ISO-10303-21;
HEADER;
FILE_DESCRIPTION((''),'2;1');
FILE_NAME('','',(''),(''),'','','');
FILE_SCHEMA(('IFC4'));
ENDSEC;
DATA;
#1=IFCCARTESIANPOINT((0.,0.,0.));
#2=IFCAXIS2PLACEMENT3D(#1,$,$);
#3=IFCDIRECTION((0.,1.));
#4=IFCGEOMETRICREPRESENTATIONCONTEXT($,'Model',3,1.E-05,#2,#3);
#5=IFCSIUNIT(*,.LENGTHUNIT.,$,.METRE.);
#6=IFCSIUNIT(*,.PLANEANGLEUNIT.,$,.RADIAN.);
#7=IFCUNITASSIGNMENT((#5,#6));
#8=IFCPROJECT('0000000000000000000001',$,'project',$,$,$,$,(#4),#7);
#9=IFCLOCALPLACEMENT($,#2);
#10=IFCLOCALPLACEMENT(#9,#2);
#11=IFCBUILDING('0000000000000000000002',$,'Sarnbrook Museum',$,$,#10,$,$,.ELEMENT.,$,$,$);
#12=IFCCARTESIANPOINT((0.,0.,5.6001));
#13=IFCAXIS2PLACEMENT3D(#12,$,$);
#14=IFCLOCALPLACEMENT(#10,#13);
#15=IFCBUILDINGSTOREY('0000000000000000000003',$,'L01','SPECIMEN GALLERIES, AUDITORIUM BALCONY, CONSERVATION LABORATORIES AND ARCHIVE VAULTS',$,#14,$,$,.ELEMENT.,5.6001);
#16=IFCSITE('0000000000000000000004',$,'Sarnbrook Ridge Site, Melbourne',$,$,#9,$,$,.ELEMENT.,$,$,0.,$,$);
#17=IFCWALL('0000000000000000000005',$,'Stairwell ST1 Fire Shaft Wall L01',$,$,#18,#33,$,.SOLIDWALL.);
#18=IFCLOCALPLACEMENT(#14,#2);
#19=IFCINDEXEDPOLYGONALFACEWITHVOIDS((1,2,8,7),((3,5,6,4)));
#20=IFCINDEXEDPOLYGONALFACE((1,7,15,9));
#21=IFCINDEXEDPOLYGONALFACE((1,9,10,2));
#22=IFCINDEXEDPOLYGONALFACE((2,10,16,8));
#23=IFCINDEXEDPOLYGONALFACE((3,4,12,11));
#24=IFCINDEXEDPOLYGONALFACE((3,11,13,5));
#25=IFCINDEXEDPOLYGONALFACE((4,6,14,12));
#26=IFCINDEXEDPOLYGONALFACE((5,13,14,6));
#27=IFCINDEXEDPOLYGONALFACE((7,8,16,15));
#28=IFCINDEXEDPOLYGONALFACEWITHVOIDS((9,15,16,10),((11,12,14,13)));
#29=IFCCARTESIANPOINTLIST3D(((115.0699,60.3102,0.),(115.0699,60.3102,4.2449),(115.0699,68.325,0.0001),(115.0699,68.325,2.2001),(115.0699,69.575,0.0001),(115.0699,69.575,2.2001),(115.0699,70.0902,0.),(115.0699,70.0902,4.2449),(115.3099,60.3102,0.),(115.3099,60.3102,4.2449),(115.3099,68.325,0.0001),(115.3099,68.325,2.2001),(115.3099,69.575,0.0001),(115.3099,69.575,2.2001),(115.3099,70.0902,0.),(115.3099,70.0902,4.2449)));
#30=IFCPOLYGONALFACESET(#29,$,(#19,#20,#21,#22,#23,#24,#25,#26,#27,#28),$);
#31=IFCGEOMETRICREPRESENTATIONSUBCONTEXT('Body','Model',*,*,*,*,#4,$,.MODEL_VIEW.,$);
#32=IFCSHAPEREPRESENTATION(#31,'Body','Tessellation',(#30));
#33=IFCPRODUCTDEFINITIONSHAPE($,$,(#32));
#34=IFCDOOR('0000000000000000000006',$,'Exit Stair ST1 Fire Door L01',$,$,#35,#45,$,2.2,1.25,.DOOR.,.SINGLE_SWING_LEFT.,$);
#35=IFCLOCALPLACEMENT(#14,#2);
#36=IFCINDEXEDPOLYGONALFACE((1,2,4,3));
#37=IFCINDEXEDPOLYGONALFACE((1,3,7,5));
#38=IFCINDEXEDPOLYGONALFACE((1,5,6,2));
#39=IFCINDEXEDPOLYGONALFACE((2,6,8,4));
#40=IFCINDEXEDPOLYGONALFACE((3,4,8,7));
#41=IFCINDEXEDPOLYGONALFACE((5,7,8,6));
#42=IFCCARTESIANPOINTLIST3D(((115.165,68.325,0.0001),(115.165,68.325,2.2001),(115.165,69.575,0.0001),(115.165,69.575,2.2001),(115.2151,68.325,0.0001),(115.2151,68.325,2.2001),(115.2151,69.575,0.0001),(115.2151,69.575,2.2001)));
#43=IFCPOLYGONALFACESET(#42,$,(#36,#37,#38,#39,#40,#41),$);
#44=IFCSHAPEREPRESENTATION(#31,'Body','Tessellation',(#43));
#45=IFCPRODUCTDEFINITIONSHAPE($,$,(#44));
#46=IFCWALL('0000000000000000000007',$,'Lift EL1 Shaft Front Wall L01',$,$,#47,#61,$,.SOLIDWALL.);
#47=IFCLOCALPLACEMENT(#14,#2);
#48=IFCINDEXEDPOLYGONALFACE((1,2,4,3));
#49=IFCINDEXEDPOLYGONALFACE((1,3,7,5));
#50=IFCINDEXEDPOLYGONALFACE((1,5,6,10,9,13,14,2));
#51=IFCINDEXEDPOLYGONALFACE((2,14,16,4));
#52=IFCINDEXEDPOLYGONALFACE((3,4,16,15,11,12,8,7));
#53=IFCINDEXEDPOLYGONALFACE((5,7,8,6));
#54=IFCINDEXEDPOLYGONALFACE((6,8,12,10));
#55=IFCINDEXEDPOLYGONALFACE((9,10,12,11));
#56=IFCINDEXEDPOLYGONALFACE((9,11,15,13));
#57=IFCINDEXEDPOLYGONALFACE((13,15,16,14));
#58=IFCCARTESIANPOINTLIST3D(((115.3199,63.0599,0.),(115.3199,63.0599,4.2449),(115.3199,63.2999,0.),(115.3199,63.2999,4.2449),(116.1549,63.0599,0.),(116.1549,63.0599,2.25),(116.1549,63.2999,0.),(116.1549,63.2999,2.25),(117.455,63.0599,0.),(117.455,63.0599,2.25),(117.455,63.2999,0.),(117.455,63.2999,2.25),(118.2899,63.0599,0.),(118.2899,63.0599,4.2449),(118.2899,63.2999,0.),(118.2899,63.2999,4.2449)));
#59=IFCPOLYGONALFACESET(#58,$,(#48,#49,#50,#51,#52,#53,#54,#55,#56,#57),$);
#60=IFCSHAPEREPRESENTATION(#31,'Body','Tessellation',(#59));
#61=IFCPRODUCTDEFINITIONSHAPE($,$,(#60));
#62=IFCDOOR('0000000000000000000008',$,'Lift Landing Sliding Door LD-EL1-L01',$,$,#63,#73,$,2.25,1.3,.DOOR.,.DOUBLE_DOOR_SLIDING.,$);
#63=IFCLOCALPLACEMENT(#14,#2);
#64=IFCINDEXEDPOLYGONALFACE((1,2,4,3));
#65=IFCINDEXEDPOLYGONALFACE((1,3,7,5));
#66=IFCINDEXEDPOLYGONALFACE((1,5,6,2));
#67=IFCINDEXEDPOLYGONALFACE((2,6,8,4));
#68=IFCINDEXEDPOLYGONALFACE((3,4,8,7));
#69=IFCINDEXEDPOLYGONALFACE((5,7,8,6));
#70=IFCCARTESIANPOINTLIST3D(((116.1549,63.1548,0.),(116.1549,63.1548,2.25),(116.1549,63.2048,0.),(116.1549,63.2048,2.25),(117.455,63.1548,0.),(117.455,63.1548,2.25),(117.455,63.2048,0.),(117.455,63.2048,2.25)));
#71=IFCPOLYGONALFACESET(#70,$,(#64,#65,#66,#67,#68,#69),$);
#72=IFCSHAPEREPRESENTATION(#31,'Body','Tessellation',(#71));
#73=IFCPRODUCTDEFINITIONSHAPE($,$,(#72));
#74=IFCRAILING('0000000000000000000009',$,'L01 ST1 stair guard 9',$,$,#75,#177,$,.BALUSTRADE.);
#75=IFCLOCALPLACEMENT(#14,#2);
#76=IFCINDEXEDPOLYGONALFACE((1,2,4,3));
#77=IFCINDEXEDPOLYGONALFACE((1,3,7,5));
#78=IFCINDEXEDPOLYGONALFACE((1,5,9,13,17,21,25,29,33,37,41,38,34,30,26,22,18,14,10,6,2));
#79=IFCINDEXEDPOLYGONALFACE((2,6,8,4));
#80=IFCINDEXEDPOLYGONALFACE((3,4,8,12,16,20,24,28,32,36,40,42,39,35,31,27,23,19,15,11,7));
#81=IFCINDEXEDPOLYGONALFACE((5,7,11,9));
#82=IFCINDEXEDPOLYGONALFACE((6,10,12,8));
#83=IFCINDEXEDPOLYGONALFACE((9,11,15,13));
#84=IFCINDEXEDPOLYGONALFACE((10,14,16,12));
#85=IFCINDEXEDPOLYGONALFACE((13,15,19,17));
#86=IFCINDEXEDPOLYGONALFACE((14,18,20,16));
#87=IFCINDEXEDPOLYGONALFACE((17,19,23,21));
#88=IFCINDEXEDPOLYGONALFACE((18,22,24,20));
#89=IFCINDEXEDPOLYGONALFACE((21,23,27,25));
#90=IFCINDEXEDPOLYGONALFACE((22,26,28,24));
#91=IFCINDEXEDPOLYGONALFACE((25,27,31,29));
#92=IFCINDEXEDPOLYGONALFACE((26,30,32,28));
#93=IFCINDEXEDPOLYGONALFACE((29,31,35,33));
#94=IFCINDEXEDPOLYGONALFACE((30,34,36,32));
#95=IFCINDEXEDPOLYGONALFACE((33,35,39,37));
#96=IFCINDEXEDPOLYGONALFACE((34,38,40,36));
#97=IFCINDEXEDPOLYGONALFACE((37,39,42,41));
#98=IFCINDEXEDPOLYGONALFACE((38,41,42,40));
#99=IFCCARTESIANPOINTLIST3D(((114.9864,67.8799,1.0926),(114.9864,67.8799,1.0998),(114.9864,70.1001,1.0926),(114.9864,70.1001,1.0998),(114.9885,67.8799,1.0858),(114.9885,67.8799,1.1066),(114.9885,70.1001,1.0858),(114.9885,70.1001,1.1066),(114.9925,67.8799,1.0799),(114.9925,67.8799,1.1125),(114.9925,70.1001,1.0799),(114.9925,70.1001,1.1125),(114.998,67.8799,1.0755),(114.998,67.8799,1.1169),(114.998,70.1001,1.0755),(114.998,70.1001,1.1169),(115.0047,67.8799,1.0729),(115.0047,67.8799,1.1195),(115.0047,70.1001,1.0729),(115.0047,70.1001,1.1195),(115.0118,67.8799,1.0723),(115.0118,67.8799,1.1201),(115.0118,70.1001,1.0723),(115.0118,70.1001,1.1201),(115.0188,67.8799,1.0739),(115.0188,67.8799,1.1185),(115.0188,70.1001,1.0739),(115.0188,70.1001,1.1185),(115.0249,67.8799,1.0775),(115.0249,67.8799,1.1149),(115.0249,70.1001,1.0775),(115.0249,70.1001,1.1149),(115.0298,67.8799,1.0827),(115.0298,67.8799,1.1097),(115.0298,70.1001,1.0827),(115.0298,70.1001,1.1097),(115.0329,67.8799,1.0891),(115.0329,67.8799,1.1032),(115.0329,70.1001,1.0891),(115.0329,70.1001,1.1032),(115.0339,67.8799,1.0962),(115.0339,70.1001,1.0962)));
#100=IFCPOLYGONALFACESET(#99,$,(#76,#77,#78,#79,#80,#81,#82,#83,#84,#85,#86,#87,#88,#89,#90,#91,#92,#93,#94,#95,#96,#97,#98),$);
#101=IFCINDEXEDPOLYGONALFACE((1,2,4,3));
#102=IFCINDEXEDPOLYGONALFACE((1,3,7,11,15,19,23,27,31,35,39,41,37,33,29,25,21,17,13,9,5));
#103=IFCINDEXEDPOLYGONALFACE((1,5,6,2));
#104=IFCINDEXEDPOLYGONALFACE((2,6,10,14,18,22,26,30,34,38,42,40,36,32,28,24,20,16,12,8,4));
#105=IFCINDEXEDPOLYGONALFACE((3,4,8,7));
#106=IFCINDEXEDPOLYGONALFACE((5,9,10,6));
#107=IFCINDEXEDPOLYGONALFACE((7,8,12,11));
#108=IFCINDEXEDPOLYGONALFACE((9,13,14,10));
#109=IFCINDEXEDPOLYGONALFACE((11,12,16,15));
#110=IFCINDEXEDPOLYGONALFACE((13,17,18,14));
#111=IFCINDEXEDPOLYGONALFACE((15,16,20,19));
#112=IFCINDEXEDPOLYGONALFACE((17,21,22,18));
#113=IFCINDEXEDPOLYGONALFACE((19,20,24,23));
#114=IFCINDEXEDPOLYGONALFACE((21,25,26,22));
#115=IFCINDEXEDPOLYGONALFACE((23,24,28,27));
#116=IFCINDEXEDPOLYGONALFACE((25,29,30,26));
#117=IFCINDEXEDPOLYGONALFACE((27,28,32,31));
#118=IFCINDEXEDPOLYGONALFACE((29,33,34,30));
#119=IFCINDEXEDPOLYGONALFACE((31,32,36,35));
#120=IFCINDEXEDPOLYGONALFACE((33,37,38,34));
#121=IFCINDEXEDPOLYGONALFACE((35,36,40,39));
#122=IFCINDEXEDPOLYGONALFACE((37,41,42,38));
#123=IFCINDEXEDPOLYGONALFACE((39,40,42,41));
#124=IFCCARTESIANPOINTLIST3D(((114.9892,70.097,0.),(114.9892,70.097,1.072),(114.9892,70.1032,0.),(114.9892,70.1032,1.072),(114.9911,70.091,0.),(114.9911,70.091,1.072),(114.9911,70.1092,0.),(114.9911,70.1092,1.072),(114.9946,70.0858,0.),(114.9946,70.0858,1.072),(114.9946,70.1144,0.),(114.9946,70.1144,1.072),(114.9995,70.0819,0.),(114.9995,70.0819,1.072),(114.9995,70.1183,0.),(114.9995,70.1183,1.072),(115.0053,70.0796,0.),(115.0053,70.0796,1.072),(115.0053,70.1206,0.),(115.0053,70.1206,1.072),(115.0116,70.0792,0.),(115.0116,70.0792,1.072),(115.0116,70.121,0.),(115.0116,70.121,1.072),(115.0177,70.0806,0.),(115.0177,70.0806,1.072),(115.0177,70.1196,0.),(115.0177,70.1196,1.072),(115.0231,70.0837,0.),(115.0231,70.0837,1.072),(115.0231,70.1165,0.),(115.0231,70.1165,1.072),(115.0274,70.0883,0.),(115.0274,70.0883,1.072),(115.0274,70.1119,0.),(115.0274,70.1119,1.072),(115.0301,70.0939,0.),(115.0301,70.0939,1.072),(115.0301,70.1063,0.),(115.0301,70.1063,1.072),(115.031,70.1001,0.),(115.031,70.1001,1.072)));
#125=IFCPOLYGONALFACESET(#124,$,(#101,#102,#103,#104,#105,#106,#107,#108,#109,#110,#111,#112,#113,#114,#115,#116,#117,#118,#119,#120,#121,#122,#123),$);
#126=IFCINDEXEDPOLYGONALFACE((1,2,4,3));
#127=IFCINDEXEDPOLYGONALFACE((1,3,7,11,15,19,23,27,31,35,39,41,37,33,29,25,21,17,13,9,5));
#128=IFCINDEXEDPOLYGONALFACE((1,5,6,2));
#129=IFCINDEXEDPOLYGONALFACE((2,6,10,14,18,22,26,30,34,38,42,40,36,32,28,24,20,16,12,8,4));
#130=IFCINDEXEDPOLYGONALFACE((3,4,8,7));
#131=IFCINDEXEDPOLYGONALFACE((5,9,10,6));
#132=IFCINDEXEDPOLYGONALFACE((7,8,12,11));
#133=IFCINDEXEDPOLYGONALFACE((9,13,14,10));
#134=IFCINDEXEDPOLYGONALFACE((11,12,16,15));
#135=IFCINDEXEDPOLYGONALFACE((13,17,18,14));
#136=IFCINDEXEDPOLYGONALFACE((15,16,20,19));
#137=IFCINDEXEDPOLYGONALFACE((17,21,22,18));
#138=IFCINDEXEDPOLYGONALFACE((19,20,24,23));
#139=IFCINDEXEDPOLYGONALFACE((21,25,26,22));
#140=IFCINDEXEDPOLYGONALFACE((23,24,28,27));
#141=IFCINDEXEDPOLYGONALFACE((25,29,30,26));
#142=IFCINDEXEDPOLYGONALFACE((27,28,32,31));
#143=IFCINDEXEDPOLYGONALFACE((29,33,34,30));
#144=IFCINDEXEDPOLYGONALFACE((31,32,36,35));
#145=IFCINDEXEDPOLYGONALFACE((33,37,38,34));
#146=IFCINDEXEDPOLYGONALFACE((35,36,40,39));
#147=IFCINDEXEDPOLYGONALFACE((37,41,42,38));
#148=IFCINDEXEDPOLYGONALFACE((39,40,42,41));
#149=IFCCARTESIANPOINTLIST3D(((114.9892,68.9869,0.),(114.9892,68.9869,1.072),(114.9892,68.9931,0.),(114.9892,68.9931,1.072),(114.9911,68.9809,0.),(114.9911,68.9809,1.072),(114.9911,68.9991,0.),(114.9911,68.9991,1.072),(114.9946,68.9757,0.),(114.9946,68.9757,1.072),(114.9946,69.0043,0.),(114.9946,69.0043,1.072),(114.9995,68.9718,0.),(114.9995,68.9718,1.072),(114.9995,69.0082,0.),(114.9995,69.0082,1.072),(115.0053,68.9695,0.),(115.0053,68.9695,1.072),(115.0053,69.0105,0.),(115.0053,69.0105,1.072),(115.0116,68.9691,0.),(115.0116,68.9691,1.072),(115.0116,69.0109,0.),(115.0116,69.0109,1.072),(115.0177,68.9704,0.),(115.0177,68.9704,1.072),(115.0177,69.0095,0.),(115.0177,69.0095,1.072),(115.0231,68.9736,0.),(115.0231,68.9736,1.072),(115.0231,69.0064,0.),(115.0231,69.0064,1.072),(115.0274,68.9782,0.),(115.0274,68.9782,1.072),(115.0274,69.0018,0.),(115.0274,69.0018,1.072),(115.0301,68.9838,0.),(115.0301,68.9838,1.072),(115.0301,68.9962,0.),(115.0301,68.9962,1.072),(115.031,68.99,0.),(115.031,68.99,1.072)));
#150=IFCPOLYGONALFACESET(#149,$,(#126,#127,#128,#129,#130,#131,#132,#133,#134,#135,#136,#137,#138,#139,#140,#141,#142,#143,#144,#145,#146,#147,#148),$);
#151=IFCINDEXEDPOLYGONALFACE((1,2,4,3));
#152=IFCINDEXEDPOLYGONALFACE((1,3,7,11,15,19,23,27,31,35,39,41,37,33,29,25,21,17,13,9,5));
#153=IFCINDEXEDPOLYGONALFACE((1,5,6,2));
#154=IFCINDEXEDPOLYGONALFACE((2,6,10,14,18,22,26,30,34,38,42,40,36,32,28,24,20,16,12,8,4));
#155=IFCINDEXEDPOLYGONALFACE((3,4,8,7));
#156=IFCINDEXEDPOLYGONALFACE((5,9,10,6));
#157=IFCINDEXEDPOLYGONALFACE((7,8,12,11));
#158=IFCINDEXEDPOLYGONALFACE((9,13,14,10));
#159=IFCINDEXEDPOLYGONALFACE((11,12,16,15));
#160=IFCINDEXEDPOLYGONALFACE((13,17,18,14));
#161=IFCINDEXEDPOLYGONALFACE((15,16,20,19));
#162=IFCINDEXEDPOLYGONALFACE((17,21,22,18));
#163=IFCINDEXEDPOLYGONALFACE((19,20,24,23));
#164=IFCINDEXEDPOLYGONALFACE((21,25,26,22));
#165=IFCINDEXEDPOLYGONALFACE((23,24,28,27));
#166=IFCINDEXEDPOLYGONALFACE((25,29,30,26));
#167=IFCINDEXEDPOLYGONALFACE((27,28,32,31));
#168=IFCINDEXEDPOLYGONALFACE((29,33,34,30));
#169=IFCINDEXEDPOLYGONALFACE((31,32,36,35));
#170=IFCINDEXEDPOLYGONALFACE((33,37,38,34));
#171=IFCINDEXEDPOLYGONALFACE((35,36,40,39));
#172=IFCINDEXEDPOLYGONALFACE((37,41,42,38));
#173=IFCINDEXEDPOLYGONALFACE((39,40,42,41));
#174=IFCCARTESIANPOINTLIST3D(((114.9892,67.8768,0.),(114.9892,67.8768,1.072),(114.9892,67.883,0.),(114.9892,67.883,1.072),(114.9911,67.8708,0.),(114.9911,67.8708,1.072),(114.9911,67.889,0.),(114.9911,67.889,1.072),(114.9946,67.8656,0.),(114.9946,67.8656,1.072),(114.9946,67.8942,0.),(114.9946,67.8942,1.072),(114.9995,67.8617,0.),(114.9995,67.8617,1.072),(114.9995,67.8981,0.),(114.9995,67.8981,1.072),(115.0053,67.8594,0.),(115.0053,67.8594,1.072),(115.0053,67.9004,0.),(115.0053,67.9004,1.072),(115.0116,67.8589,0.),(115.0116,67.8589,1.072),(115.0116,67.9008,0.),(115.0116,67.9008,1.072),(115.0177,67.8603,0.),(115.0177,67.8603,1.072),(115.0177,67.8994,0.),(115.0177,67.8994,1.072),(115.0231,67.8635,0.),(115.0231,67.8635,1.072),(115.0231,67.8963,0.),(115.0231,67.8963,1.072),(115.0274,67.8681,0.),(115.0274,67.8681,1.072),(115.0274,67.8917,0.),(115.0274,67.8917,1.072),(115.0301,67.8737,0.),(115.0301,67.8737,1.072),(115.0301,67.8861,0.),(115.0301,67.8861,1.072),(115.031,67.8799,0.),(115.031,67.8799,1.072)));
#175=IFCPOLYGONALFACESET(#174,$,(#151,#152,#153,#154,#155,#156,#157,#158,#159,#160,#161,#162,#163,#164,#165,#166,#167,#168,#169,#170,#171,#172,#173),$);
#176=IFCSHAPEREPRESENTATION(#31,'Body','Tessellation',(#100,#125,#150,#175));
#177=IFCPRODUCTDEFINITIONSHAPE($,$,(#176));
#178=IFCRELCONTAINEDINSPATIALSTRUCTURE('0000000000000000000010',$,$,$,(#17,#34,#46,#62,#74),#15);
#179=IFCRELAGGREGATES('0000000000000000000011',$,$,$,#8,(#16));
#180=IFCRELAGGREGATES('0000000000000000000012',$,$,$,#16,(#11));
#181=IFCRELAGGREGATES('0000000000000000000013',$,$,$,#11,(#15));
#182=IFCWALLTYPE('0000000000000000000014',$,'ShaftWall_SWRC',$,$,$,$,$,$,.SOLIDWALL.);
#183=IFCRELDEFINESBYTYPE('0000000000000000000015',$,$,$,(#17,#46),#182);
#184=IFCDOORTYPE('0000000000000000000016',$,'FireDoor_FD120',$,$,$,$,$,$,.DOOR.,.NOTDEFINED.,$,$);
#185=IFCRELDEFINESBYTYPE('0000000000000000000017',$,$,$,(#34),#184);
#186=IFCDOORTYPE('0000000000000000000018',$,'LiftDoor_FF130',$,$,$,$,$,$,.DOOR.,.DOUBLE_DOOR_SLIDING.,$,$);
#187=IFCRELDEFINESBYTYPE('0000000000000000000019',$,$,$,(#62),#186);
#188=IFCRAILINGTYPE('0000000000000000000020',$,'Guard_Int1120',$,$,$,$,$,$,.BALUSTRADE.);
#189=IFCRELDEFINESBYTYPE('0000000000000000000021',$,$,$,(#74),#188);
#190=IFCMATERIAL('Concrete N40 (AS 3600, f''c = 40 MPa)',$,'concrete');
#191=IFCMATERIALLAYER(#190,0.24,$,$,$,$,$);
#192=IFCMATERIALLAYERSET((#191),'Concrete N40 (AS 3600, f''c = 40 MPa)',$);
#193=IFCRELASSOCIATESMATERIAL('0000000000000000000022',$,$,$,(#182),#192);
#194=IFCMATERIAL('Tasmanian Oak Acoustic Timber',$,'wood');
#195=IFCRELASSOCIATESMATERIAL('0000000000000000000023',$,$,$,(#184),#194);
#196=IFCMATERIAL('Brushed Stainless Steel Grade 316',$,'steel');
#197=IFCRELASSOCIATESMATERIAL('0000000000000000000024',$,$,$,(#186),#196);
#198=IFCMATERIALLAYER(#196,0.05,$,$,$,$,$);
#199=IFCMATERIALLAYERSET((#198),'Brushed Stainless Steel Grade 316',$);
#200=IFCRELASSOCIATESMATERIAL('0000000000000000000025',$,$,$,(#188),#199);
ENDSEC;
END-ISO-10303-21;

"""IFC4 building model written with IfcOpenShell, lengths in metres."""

from ifc_helpers import new_model, si_unit, direction, frame, frame_2d, origin, origin_2d, place, context, subcontext, project, spatial, rectangle, circle, extrude, material, layer, layer_set, type_object, element, fill, save


model = new_model("IFC4")

# Units and contexts
model_context = context("Model", 3, precision=1e-05, world=origin(), true_north=direction((0.0, 1.0)))
body_context = subcontext(model_context, "Body", "Model", "MODEL_VIEW")
ifc_project = project(units=[si_unit("LENGTHUNIT", "METRE"), si_unit("PLANEANGLEUNIT", "RADIAN")], contexts=[model_context])

# Site, building, storey
site_placement = place(None, origin())
site = spatial("IfcSite", under=ifc_project, at=site_placement, Name="Sarnbrook Ridge Site, Melbourne", CompositionType="ELEMENT", RefElevation=0.0)
building_placement = place(site_placement, origin())
building = spatial("IfcBuilding", under=site, at=building_placement, Name="Sarnbrook Museum", CompositionType="ELEMENT")
storey_placement = place(building_placement, frame((0.0, 0.0, 5.6001)))
storey = spatial("IfcBuildingStorey", under=building, at=storey_placement, Name="L01", Description="SPECIMEN GALLERIES, AUDITORIUM BALCONY, CONSERVATION LABORATORIES AND ARCHIVE VAULTS", CompositionType="ELEMENT", Elevation=5.6001)

# Shared definitions
ifc_material_1 = material(Name="Tasmanian Oak Acoustic Timber", Category="wood")

# Walls, openings, doors
ifc_material_2 = material(Name="Concrete N40 (AS 3600, f'c = 40 MPa)", Category="concrete")
ifc_layer_1 = layer(ifc_material_2, 0.24)
ifc_layer_set_1 = layer_set([ifc_layer_1], Name="Concrete N40 (AS 3600, f'c = 40 MPa)")
wall_type_1 = type_object("IfcWallType", Name="ShaftWall_SWRC", PredefinedType="SOLIDWALL", material=ifc_layer_set_1)
wall_1_placement = place(storey_placement, frame((115.1899, 60.3101, 0.0), z_axis=(0.0, 0.0, 1.0), x_axis=(0.0, 1.0, 0.0)))
wall_1 = element("IfcWall", 1, at=wall_1_placement, inside=storey, type_object=wall_type_1, Name="Stairwell ST1 Fire Shaft Wall L01", PredefinedType="SOLIDWALL", context=body_context, shape_type="SweptSolid", body=[
    extrude(rectangle(XDim=9.78, YDim=0.24, at=frame_2d((4.8901, 0.0))), origin(), (0.0, 0.0, 1.0), 4.2449),
])
opening_1_placement = place(wall_1_placement, frame((8.0149, 0.0, 0.0)))
opening_1 = element("IfcOpeningElement", 2, at=opening_1_placement, cuts=wall_1, PredefinedType="OPENING", context=body_context, shape_type="SweptSolid", body=[
    extrude(rectangle(XDim=1.25, YDim=2.2, at=frame_2d((0.625, 1.1001))), frame((0.0, 0.1299, 0.0), z_axis=(0.0, -1.0, 0.0), x_axis=(1.0, 0.0, 0.0)), (0.0, 0.0, 1.0), 0.26),
])
door_type_1 = type_object("IfcDoorType", Name="FireDoor_FD120", OperationType="NOTDEFINED", PredefinedType="DOOR", material=ifc_material_1)
door_1_placement = place(opening_1_placement, origin())
door_1 = element("IfcDoor", 3, at=door_1_placement, inside=storey, type_object=door_type_1, Name="Exit Stair ST1 Fire Door L01", OperationType="SINGLE_SWING_LEFT", OverallHeight=2.2, OverallWidth=1.25, PredefinedType="DOOR", context=body_context, shape_type="SweptSolid", body=[
    extrude(rectangle(XDim=1.25, YDim=2.2, at=frame_2d((0.625, 1.1001))), frame((0.0, 0.0249, 0.0), z_axis=(0.0, -1.0, 0.0), x_axis=(1.0, 0.0, 0.0)), (0.0, 0.0, 1.0), 0.05),
])
fill(opening_1, door_1)
wall_2_placement = place(storey_placement, frame((115.3201, 63.1799, 0.0), z_axis=(0.0, 0.0, 1.0), x_axis=(1.0, 0.0, 0.0)))
wall_2 = element("IfcWall", 4, at=wall_2_placement, inside=storey, type_object=wall_type_1, Name="Lift EL1 Shaft Front Wall L01", PredefinedType="SOLIDWALL", context=body_context, shape_type="SweptSolid", body=[
    extrude(rectangle(XDim=2.97, YDim=0.24, at=frame_2d((1.4849, 0.0))), origin(), (0.0, 0.0, 1.0), 4.2449),
])
opening_2_placement = place(wall_2_placement, frame((0.835, 0.0, 0.0)))
opening_2 = element("IfcOpeningElement", 5, at=opening_2_placement, cuts=wall_2, PredefinedType="OPENING", context=body_context, shape_type="SweptSolid", body=[
    extrude(rectangle(XDim=1.3, YDim=2.25, at=frame_2d((0.6499, 1.125))), frame((0.0, 0.1299, 0.0), z_axis=(0.0, -1.0, 0.0), x_axis=(1.0, 0.0, 0.0)), (0.0, 0.0, 1.0), 0.26),
])
ifc_material_3 = material(Name="Brushed Stainless Steel Grade 316", Category="steel")
door_type_2 = type_object("IfcDoorType", Name="LiftDoor_FF130", OperationType="DOUBLE_DOOR_SLIDING", PredefinedType="DOOR", material=ifc_material_3)
door_2_placement = place(opening_2_placement, origin())
door_2 = element("IfcDoor", 6, at=door_2_placement, inside=storey, type_object=door_type_2, Name="Lift Landing Sliding Door LD-EL1-L01", OperationType="DOUBLE_DOOR_SLIDING", OverallHeight=2.25, OverallWidth=1.3, PredefinedType="DOOR", context=body_context, shape_type="SweptSolid", body=[
    extrude(rectangle(XDim=1.3, YDim=2.25, at=frame_2d((0.6499, 1.125))), frame((0.0, 0.0249, 0.0), z_axis=(0.0, -1.0, 0.0), x_axis=(1.0, 0.0, 0.0)), (0.0, 0.0, 1.0), 0.05),
])
fill(opening_2, door_2)

# Railing
ifc_layer_2 = layer(ifc_material_3, 0.05)
ifc_layer_set_2 = layer_set([ifc_layer_2], Name="Brushed Stainless Steel Grade 316")
railing_type_1 = type_object("IfcRailingType", Name="Guard_Int1120", PredefinedType="BALUSTRADE", material=ifc_layer_set_2)
railing_1_placement = place(storey_placement, frame((115.01, 70.1001, 0.0)))
element("IfcRailing", 7, at=railing_1_placement, inside=storey, type_object=railing_type_1, Name="L01 ST1 stair guard 9", PredefinedType="BALUSTRADE", context=body_context, shape_type="SweptSolid", body=[
    extrude(circle(Radius=0.0239, at=origin_2d()), frame((0.0, 0.0, 1.0962), z_axis=(0.0, -1.0, 0.0), x_axis=(1.0, 0.0, 0.0)), (0.0, 0.0, 1.0), 2.2202),
    extrude(circle(Radius=0.021, at=origin_2d()), origin(), (0.0, 0.0, 1.0), 1.072),
    extrude(circle(Radius=0.021, at=origin_2d()), frame((0.0, -1.1101, 0.0)), (0.0, 0.0, 1.0), 1.072),
    extrude(circle(Radius=0.021, at=origin_2d()), frame((0.0, -2.2202, 0.0)), (0.0, 0.0, 1.0), 1.072),
])

save(model, "model.ifc")
